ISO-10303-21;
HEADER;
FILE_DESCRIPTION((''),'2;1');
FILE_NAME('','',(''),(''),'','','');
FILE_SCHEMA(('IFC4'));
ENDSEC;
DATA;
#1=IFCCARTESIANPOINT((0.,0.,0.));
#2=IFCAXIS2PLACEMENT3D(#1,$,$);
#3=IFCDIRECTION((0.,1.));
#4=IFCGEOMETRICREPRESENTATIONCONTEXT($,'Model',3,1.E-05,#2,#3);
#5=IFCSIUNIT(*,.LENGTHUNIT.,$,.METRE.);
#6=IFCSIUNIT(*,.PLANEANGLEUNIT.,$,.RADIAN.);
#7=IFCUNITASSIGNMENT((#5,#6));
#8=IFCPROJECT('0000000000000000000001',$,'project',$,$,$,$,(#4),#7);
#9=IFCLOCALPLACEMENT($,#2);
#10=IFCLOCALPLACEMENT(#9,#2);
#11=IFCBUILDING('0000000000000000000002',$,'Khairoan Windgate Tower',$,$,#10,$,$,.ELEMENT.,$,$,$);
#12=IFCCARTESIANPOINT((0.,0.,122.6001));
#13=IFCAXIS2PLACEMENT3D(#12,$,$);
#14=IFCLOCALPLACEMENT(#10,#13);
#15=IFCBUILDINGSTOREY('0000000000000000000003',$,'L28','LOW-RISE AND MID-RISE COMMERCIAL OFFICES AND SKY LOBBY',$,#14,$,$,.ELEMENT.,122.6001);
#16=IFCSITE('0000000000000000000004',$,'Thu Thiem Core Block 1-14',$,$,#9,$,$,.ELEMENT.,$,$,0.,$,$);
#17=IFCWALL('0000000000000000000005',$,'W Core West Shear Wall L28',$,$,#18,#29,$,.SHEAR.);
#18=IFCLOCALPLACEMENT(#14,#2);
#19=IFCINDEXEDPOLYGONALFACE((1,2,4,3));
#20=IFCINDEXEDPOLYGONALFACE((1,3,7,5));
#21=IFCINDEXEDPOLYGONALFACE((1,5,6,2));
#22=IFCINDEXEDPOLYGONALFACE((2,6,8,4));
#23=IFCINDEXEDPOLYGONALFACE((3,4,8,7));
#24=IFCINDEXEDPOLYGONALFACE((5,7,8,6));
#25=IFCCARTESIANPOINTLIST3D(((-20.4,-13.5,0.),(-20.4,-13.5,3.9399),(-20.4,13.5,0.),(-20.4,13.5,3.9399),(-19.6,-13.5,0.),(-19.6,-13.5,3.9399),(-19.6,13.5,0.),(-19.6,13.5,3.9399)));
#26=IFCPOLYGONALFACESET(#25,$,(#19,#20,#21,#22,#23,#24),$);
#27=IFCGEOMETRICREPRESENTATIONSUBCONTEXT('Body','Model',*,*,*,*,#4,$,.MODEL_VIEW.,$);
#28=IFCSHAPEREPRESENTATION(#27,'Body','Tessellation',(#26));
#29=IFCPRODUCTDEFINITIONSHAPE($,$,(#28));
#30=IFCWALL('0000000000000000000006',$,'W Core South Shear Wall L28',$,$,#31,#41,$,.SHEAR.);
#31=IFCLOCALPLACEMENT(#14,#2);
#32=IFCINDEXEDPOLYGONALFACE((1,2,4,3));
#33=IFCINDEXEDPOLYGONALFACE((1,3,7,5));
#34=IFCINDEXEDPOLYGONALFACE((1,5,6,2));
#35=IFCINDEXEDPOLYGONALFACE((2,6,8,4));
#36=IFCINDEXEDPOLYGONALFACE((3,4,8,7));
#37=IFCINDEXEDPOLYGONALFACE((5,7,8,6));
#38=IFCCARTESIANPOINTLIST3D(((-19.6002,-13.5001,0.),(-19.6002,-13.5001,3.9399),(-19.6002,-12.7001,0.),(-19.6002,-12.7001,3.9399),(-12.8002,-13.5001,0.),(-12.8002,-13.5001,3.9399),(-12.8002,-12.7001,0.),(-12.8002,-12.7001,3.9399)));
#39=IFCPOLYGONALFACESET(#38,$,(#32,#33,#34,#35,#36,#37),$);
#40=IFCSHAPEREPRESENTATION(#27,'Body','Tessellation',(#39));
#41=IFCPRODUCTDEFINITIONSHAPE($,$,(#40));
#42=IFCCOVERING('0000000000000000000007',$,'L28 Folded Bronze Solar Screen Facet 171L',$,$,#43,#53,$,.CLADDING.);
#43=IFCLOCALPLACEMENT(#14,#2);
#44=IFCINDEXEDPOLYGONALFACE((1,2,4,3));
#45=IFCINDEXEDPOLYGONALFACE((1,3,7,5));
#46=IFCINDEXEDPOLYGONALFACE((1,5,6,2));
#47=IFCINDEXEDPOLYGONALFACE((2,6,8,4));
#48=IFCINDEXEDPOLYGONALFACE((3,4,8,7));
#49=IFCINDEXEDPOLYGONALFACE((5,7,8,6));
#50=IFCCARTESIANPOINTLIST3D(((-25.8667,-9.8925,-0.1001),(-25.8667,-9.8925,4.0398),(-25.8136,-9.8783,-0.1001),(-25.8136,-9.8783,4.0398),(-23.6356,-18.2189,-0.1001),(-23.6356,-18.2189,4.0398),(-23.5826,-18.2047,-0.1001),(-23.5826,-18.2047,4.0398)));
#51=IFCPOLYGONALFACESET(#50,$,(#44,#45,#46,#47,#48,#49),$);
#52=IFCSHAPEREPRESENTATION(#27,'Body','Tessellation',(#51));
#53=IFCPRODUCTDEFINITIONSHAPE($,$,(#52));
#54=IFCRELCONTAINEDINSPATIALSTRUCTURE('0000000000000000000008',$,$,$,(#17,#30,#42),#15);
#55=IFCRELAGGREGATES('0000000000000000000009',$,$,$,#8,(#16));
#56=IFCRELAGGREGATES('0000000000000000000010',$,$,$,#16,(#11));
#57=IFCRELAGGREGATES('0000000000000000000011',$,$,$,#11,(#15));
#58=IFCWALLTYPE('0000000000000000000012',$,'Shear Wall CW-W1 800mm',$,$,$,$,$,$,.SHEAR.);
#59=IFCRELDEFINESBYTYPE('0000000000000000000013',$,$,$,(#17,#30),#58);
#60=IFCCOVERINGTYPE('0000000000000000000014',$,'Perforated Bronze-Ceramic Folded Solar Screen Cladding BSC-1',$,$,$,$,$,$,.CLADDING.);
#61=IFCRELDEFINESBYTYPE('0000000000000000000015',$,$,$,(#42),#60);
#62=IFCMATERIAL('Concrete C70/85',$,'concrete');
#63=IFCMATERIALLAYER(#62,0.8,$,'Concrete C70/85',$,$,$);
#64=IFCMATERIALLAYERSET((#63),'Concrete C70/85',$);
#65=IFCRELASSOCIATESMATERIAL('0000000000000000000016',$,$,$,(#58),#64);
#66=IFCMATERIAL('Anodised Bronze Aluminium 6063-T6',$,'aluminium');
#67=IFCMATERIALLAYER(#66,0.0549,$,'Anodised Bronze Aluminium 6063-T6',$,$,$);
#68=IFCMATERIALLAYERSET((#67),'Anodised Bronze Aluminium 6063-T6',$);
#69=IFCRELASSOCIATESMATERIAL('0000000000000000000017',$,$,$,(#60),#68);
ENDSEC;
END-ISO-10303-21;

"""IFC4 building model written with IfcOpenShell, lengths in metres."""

from ifc_helpers import new_model, si_unit, direction, frame, frame_2d, origin, origin_2d, place, context, subcontext, project, spatial, rectangle, extrude, material, layer, layer_set, type_object, element, save


model = new_model("IFC4")

# Units and contexts
model_context = context("Model", 3, precision=1e-05, world=origin(), true_north=direction((0.0, 1.0)))
body_context = subcontext(model_context, "Body", "Model", "MODEL_VIEW")
ifc_project = project(units=[si_unit("LENGTHUNIT", "METRE"), si_unit("PLANEANGLEUNIT", "RADIAN")], contexts=[model_context])

# Site, building, storey
site_placement = place(None, origin())
site = spatial("IfcSite", under=ifc_project, at=site_placement, Name="Thu Thiem Core Block 1-14", CompositionType="ELEMENT", RefElevation=0.0)
building_placement = place(site_placement, origin())
building = spatial("IfcBuilding", under=site, at=building_placement, Name="Khairoan Windgate Tower", CompositionType="ELEMENT")
storey_placement = place(building_placement, frame((0.0, 0.0, 122.6001)))
storey = spatial("IfcBuildingStorey", under=building, at=storey_placement, Name="L28", Description="LOW-RISE AND MID-RISE COMMERCIAL OFFICES AND SKY LOBBY", CompositionType="ELEMENT", Elevation=122.6001)

# Walls
ifc_material_1 = material(Name="Concrete C70/85", Category="concrete")
ifc_layer_1 = layer(ifc_material_1, 0.8, Name="Concrete C70/85")
ifc_layer_set_1 = layer_set([ifc_layer_1], Name="Concrete C70/85")
wall_type = type_object("IfcWallType", Name="Shear Wall CW-W1 800mm", PredefinedType="SHEAR", material=ifc_layer_set_1)
wall_1_placement = place(storey_placement, frame((-20.0, -13.5, 0.0), z_axis=(0.0, 0.0, 1.0), x_axis=(0.0, 1.0, 0.0)))
element("IfcWall", 1, at=wall_1_placement, inside=storey, type_object=wall_type, Name="W Core West Shear Wall L28", PredefinedType="SHEAR", context=body_context, shape_type="SweptSolid", body=[
    extrude(rectangle(XDim=27.0, YDim=0.8, at=frame_2d((13.5, 0.0))), origin(), (0.0, 0.0, 1.0), 3.9399),
])
wall_2_placement = place(storey_placement, frame((-19.6001, -13.1001, 0.0), z_axis=(0.0, 0.0, 1.0), x_axis=(1.0, 0.0, 0.0)))
element("IfcWall", 2, at=wall_2_placement, inside=storey, type_object=wall_type, Name="W Core South Shear Wall L28", PredefinedType="SHEAR", context=body_context, shape_type="SweptSolid", body=[
    extrude(rectangle(XDim=6.8, YDim=0.8, at=frame_2d((3.3999, 0.0))), origin(), (0.0, 0.0, 1.0), 3.9399),
])

# Covering
ifc_material_2 = material(Name="Anodised Bronze Aluminium 6063-T6", Category="aluminium")
ifc_layer_2 = layer(ifc_material_2, 0.0549, Name="Anodised Bronze Aluminium 6063-T6")
ifc_layer_set_2 = layer_set([ifc_layer_2], Name="Anodised Bronze Aluminium 6063-T6")
covering_type = type_object("IfcCoveringType", Name="Perforated Bronze-Ceramic Folded Solar Screen Cladding BSC-1", PredefinedType="CLADDING", material=ifc_layer_set_2)
covering_placement = place(storey_placement, frame((-24.7246, -14.0486, -0.1001), z_axis=(0.0, 0.0, 1.0), x_axis=(-0.258819, 0.965926, 0.0)))
element("IfcCovering", 3, at=covering_placement, inside=storey, type_object=covering_type, Name="L28 Folded Bronze Solar Screen Facet 171L", PredefinedType="CLADDING", context=body_context, shape_type="SweptSolid", body=[
    extrude(rectangle(XDim=8.6201, YDim=0.0549, at=origin_2d()), origin(), (0.0, 0.0, 1.0), 4.1399),
])

save(model, "model.ifc")
